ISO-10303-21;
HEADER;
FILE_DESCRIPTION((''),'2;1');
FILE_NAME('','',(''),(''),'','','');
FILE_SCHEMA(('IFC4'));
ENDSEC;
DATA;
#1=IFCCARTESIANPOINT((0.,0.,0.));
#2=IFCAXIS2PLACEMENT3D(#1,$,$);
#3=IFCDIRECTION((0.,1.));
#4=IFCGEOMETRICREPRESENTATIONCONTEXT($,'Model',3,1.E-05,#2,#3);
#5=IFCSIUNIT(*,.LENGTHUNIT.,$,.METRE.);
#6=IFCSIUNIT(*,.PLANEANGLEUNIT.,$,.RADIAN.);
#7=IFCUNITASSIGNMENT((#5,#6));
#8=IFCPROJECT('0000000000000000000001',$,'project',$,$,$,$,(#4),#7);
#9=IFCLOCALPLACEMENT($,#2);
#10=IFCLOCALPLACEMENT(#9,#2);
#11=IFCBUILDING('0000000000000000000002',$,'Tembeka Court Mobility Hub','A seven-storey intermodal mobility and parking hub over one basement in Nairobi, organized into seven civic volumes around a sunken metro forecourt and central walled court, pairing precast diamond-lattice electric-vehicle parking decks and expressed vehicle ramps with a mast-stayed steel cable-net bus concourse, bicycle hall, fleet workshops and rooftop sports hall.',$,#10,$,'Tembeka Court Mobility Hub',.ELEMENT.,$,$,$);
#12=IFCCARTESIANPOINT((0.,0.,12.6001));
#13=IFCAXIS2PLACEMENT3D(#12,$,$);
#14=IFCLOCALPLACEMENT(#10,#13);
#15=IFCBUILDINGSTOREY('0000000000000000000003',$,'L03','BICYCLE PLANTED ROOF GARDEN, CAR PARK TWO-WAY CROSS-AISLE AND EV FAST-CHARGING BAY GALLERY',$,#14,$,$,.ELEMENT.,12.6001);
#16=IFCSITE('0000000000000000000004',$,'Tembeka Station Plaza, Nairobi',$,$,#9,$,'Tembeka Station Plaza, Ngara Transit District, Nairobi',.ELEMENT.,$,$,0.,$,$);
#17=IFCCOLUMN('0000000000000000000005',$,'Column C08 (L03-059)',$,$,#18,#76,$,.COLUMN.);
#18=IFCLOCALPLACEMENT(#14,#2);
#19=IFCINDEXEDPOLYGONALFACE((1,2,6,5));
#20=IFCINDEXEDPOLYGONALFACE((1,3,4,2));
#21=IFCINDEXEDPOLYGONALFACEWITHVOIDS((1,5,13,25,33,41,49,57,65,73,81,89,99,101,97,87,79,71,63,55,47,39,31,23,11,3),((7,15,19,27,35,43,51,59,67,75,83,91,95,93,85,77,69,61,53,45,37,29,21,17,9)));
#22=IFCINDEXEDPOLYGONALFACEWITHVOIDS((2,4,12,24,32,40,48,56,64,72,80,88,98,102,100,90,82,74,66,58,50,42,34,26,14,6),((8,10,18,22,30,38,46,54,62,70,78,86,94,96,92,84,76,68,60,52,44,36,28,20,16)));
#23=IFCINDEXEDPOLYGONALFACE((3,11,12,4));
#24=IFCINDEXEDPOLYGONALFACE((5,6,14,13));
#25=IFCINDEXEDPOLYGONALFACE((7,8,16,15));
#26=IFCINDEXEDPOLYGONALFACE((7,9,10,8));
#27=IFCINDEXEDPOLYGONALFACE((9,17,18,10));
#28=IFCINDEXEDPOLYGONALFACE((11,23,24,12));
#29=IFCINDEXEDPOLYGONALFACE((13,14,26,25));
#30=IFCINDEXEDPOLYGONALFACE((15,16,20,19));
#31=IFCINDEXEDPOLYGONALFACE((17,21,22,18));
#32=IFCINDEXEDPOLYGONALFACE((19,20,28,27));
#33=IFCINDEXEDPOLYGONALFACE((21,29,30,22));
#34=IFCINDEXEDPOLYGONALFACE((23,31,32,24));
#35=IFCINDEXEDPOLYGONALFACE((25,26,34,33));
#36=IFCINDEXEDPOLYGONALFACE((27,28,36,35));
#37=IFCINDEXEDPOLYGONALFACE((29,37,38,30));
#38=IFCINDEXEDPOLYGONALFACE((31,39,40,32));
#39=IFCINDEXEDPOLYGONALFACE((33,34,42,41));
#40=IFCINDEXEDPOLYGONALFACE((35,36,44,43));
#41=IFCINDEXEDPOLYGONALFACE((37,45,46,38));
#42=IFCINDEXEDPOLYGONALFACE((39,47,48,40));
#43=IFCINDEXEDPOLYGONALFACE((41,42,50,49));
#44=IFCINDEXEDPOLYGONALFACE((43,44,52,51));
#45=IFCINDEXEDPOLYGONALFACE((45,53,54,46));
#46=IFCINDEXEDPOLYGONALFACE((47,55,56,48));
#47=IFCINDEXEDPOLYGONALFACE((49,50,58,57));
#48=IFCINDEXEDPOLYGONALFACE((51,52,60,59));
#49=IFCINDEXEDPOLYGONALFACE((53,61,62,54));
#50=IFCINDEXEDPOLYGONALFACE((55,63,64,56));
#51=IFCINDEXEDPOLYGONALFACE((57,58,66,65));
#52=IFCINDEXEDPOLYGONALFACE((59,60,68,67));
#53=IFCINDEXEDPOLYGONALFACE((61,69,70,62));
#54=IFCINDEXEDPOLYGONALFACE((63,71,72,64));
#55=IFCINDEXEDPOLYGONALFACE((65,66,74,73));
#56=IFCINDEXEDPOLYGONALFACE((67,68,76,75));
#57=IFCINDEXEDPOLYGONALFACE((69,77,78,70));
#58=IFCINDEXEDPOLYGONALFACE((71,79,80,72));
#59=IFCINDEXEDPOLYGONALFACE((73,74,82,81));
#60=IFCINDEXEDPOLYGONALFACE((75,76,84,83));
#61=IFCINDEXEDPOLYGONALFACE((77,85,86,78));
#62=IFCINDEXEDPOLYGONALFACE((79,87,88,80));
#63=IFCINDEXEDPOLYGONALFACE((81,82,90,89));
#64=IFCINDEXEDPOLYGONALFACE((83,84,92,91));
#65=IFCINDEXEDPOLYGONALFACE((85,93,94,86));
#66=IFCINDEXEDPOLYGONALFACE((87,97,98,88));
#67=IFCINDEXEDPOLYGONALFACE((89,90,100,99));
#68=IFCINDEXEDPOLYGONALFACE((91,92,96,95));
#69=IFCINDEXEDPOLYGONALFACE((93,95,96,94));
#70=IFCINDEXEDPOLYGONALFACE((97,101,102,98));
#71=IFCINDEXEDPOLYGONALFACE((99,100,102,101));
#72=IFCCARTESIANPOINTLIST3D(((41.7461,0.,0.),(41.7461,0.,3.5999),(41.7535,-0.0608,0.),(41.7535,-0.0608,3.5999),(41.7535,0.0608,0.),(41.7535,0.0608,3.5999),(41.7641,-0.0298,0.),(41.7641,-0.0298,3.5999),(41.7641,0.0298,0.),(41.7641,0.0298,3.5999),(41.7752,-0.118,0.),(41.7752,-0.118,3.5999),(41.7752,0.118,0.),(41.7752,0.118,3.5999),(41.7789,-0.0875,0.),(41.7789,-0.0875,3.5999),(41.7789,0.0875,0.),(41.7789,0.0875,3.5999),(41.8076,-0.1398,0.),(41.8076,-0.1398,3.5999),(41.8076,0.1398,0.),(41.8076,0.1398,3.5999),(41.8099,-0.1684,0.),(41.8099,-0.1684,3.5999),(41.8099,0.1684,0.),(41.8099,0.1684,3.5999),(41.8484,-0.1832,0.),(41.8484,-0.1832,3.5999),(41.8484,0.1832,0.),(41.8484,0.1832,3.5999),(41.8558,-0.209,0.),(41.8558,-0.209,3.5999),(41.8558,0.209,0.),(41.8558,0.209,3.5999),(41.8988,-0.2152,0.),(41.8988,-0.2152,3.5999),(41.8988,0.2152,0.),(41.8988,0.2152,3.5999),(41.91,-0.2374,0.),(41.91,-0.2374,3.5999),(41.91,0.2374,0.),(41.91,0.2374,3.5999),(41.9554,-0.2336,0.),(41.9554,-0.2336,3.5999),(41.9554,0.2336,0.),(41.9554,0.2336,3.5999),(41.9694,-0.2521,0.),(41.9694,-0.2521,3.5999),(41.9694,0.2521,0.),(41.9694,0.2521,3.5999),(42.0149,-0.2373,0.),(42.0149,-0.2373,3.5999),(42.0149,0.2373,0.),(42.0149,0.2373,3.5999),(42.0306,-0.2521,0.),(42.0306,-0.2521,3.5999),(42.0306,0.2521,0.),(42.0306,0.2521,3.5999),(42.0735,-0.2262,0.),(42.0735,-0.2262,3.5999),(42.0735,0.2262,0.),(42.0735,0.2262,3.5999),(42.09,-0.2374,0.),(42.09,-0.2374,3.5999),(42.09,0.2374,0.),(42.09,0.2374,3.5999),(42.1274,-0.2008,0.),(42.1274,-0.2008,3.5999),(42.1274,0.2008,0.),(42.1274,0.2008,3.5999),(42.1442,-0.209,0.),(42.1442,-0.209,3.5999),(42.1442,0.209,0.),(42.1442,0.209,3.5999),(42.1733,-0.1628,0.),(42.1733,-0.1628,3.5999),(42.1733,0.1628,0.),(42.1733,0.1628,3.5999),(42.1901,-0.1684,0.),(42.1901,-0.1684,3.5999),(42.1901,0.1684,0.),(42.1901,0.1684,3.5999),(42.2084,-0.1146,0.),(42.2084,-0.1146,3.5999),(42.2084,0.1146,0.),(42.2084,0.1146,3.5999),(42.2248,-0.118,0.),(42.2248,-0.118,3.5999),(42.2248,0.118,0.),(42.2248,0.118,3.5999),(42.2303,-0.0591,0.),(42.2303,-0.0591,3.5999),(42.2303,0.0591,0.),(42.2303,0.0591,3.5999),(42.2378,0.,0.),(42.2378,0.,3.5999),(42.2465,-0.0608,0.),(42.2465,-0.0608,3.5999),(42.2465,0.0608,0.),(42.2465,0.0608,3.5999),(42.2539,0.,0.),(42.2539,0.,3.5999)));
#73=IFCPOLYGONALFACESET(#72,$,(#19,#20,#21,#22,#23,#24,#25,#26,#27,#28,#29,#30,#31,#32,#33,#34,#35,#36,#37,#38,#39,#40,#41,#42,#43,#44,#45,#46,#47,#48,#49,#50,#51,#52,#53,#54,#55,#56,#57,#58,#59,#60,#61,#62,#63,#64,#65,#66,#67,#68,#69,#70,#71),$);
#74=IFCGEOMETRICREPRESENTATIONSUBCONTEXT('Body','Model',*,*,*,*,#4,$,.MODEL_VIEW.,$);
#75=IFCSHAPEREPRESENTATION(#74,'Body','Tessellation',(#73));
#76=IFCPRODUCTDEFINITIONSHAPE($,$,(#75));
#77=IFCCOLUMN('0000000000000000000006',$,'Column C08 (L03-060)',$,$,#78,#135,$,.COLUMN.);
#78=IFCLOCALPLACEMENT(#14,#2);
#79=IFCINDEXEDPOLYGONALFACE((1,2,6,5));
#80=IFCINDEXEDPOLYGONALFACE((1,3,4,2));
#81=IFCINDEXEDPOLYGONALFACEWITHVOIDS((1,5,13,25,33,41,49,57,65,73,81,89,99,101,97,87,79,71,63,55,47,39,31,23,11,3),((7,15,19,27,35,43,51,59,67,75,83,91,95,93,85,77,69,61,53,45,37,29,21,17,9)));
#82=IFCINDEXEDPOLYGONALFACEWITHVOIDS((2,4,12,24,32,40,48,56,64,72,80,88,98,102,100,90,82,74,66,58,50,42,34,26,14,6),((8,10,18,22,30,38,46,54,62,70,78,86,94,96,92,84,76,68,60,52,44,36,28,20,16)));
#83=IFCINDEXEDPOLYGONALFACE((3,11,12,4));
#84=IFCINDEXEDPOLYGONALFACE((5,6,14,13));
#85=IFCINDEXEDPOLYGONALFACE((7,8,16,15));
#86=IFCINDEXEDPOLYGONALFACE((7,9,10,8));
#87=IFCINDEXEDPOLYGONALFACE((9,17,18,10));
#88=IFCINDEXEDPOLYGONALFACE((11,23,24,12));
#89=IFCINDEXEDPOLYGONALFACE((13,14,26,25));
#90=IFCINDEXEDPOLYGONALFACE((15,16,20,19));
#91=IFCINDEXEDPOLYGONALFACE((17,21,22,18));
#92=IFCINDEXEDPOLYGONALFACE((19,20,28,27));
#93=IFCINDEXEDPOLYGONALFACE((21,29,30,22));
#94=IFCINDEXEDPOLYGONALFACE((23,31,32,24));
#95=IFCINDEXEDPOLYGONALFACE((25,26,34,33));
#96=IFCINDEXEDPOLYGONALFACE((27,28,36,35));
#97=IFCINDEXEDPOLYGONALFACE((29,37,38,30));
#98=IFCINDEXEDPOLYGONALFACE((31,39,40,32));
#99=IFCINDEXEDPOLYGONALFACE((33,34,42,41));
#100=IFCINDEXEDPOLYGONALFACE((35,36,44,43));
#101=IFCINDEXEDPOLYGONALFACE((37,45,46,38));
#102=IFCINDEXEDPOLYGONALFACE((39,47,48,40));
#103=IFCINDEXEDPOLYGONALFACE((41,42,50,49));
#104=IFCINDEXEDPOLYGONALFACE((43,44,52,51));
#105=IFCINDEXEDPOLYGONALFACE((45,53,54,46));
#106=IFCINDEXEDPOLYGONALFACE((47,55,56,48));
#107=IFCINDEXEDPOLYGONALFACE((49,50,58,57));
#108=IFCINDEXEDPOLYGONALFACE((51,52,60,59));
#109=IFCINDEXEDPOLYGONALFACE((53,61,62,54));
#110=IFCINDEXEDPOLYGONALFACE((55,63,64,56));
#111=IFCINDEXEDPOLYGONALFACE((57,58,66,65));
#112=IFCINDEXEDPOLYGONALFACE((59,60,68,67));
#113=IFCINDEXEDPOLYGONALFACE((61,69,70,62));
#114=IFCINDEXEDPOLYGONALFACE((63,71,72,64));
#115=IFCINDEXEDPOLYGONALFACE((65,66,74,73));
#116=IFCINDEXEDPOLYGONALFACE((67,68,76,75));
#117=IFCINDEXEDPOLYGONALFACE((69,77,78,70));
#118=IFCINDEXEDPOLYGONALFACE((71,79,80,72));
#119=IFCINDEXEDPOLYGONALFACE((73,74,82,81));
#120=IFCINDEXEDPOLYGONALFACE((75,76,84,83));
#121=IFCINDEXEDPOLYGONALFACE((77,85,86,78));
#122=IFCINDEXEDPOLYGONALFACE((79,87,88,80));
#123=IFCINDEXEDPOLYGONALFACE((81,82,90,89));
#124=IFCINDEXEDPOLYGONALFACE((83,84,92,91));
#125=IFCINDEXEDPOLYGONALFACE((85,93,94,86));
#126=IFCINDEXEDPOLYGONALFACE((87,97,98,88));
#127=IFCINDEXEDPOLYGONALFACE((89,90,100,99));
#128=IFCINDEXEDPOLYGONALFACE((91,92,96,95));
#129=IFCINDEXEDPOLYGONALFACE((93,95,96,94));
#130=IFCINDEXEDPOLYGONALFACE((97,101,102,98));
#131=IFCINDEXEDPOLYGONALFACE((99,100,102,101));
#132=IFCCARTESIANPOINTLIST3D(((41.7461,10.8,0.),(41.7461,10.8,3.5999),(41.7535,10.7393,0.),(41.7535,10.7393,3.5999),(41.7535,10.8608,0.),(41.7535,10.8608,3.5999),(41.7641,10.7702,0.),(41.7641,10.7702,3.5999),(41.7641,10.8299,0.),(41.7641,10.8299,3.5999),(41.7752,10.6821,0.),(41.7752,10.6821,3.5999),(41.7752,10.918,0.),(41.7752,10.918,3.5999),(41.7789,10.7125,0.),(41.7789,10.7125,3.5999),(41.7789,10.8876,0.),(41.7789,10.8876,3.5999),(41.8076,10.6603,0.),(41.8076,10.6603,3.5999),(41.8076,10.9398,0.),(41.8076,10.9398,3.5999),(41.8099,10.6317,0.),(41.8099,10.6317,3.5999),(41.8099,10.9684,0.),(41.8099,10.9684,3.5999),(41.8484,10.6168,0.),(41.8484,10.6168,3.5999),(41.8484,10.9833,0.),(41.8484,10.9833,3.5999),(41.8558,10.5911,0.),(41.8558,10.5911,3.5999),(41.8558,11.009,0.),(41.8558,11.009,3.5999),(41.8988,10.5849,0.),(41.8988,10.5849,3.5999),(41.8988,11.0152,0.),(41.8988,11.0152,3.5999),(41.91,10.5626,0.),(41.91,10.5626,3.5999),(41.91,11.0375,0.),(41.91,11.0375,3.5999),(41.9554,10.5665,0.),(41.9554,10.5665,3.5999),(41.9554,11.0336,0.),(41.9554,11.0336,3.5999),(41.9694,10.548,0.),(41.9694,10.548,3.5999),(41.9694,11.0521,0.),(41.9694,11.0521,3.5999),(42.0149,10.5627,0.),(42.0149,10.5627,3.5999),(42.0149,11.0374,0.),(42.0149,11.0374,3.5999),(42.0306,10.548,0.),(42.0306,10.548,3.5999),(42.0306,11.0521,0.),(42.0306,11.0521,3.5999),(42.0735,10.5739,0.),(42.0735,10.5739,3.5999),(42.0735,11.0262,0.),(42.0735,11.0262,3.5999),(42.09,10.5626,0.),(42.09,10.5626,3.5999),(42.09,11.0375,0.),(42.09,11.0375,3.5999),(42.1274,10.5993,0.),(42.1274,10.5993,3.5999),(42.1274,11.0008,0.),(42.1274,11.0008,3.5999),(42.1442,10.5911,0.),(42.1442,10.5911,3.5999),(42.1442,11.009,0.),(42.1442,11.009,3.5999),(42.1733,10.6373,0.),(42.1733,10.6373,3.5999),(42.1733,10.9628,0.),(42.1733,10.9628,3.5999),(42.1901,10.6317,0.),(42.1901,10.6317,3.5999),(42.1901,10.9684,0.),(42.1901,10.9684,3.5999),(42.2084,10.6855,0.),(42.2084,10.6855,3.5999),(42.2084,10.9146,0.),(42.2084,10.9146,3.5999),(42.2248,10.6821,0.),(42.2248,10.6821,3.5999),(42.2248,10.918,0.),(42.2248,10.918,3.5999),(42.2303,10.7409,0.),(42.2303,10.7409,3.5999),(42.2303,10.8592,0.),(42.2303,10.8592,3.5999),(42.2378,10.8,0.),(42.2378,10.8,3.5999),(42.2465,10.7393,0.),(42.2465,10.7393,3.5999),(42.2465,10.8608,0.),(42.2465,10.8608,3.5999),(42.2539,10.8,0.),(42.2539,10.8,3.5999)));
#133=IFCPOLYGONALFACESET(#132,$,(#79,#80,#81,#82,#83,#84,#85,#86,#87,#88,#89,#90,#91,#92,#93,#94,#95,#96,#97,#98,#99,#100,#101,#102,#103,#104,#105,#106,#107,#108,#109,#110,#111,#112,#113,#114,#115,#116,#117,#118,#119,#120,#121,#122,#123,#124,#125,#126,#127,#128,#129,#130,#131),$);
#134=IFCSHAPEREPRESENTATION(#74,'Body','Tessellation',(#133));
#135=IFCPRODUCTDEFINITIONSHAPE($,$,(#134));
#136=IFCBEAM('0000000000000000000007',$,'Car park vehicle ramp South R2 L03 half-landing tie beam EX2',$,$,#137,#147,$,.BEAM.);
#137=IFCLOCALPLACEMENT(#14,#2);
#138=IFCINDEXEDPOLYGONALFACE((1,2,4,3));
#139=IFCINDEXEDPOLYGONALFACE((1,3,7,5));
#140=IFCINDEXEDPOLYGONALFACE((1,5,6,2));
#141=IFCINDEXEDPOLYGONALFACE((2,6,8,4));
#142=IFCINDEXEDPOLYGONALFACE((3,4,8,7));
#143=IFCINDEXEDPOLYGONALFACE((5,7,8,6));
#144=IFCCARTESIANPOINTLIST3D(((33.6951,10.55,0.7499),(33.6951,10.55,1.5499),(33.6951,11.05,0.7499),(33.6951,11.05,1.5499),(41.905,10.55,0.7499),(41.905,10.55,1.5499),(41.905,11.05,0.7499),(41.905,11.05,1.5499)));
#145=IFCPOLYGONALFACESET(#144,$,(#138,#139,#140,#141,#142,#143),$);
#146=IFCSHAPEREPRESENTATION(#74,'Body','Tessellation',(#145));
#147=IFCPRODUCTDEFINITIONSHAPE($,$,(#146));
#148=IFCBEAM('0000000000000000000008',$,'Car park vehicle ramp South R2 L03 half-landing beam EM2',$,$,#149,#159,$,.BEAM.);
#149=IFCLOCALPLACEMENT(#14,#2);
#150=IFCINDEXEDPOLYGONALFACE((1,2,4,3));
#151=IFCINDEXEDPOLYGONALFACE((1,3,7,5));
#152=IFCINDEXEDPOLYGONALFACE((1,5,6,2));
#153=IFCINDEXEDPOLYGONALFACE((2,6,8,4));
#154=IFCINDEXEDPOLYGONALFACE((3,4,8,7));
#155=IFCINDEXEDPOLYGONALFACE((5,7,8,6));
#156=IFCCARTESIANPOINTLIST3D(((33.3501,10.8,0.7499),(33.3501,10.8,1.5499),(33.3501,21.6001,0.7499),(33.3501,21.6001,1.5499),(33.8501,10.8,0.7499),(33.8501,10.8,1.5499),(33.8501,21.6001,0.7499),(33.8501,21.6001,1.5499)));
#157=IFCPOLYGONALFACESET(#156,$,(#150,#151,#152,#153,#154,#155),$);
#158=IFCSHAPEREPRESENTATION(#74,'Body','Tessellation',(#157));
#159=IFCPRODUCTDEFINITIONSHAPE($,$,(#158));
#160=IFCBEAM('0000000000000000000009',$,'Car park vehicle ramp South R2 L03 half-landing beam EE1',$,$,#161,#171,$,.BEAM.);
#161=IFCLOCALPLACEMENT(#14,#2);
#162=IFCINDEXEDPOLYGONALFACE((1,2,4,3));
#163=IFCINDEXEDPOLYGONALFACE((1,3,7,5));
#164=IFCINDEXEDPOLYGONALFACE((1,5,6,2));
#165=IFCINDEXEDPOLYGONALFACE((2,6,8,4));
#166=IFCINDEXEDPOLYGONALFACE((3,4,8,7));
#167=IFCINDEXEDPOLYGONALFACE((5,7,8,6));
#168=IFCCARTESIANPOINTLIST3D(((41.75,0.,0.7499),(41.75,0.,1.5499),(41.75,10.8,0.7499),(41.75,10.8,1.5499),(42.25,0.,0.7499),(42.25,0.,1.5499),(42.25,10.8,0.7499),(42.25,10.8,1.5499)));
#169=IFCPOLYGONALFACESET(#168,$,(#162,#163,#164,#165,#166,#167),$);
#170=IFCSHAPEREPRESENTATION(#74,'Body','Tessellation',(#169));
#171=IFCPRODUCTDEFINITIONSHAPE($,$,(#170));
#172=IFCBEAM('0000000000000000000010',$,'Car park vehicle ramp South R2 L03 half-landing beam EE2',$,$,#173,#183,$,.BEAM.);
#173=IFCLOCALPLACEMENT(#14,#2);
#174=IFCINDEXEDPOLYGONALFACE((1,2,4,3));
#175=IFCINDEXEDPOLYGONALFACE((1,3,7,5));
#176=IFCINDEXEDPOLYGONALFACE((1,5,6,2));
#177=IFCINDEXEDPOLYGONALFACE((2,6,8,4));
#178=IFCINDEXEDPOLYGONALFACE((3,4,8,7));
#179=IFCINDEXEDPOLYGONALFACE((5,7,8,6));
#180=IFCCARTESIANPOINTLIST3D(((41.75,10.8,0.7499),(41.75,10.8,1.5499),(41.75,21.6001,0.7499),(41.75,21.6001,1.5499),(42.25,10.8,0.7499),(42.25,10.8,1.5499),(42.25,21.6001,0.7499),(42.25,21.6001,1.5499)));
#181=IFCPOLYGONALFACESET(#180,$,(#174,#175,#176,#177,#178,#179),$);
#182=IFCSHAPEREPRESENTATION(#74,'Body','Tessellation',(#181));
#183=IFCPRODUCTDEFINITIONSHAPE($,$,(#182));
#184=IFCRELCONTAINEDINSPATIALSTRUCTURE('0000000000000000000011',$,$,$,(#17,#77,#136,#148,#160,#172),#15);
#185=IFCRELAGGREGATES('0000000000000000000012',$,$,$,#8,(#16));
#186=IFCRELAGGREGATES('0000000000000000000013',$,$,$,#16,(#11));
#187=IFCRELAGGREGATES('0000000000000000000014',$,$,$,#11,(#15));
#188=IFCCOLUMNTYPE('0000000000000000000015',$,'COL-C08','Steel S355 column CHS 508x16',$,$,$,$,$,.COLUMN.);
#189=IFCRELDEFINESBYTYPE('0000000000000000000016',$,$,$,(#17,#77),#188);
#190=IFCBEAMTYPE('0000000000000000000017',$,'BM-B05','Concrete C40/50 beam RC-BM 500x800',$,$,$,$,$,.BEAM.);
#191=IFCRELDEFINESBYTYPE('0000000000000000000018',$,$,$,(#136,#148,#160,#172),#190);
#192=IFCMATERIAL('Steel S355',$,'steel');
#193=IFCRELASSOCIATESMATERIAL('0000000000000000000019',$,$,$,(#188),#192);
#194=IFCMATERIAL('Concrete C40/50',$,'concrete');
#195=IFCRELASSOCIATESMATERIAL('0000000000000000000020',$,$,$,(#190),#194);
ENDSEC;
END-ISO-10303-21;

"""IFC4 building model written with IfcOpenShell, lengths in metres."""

from ifc_helpers import new_model, si_unit, direction, frame, origin, origin_2d, place, context, subcontext, project, spatial, rectangle, hollow_circle, extrude, material, material_profile, profile_set, type_object, element, save


model = new_model("IFC4")

# Units and contexts
model_context = context("Model", 3, precision=1e-05, world=origin(), true_north=direction((0.0, 1.0)))
body_context = subcontext(model_context, "Body", "Model", "MODEL_VIEW")
ifc_project = project(units=[si_unit("LENGTHUNIT", "METRE"), si_unit("PLANEANGLEUNIT", "RADIAN")], contexts=[model_context])

# Site, building, storey
site_placement = place(None, origin())
site = spatial("IfcSite", under=ifc_project, at=site_placement, Name="Tembeka Station Plaza, Nairobi", LongName="Tembeka Station Plaza, Ngara Transit District, Nairobi", CompositionType="ELEMENT", RefElevation=0.0)
building_placement = place(site_placement, origin())
building = spatial("IfcBuilding", under=site, at=building_placement, Name="Tembeka Court Mobility Hub", Description="A seven-storey intermodal mobility and parking hub over one basement in Nairobi, organized into seven civic volumes around a sunken metro forecourt and central walled court, pairing precast diamond-lattice electric-vehicle parking decks and expressed vehicle ramps with a mast-stayed steel cable-net bus concourse, bicycle hall, fleet workshops and rooftop sports hall.", LongName="Tembeka Court Mobility Hub", CompositionType="ELEMENT")
storey_placement = place(building_placement, frame((0.0, 0.0, 12.6001)))
storey = spatial("IfcBuildingStorey", under=building, at=storey_placement, Name="L03", Description="BICYCLE PLANTED ROOF GARDEN, CAR PARK TWO-WAY CROSS-AISLE AND EV FAST-CHARGING BAY GALLERY", CompositionType="ELEMENT", Elevation=12.6001)

# Columns
ifc_material_1 = material(Name="Steel S355", Category="steel")
ifc_material_profile_1 = material_profile(ifc_material_1, hollow_circle(Radius=0.2539, WallThickness=0.0161, at=origin_2d()), Name="CHS 508x16")
ifc_profile_set_1 = profile_set([ifc_material_profile_1], Name="Steel S355")
column_type = type_object("IfcColumnType", Name="COL-C08", Description="Steel S355 column CHS 508x16", PredefinedType="COLUMN", material=ifc_profile_set_1)
for number, where, z_axis, x_axis, name in (
    (1, (42.0, 0.0, 0.0), (0.0, 0.0, 1.0), (1.0, 0.0, 0.0), "Column C08 (L03-059)"),
    (2, (42.0, 10.8, 0.0), (0.0, 0.0, 1.0), (1.0, 0.0, 0.0), "Column C08 (L03-060)"),
):
    element("IfcColumn", number, at=place(storey_placement, frame(where, z_axis=z_axis, x_axis=x_axis)), inside=storey, type_object=column_type, Name=name, PredefinedType="COLUMN", context=body_context, shape_type="SweptSolid", body=[
        extrude(hollow_circle(Radius=0.2539, WallThickness=0.0161, at=origin_2d()), origin(), (0.0, 0.0, 1.0), 3.5999),
    ])

# Beams
ifc_material_2 = material(Name="Concrete C40/50", Category="concrete")
ifc_material_profile_2 = material_profile(ifc_material_2, rectangle(XDim=0.5, YDim=0.8, at=origin_2d()), Name="RC-BM 500x800")
ifc_profile_set_2 = profile_set([ifc_material_profile_2], Name="Concrete C40/50")
beam_type_1 = type_object("IfcBeamType", Name="BM-B05", Description="Concrete C40/50 beam RC-BM 500x800", PredefinedType="BEAM", material=ifc_profile_set_2)
beam_1_placement = place(storey_placement, frame((33.6951, 10.8, 1.1499), z_axis=(1.0, 0.0, 0.0), x_axis=(0.0, 1.0, 0.0)))
element("IfcBeam", 3, at=beam_1_placement, inside=storey, type_object=beam_type_1, Name="Car park vehicle ramp South R2 L03 half-landing tie beam EX2", PredefinedType="BEAM", context=body_context, shape_type="SweptSolid", body=[
    extrude(rectangle(XDim=0.5, YDim=0.8, at=origin_2d()), origin(), (0.0, 0.0, 1.0), 8.21),
])
for number, where, z_axis, x_axis, name in (
    (4, (33.6001, 10.8, 1.1499), (0.0, 1.0, 0.0), (-1.0, 0.0, 0.0), "Car park vehicle ramp South R2 L03 half-landing beam EM2"),
    (5, (42.0, 0.0, 1.1499), (0.0, 1.0, 0.0), (-1.0, 0.0, 0.0), "Car park vehicle ramp South R2 L03 half-landing beam EE1"),
    (6, (42.0, 10.8, 1.1499), (0.0, 1.0, 0.0), (-1.0, 0.0, 0.0), "Car park vehicle ramp South R2 L03 half-landing beam EE2"),
):
    element("IfcBeam", number, at=place(storey_placement, frame(where, z_axis=z_axis, x_axis=x_axis)), inside=storey, type_object=beam_type_1, Name=name, PredefinedType="BEAM", context=body_context, shape_type="SweptSolid", body=[
        extrude(rectangle(XDim=0.5, YDim=0.8, at=origin_2d()), origin(), (0.0, 0.0, 1.0), 10.8),
    ])

save(model, "model.ifc")
